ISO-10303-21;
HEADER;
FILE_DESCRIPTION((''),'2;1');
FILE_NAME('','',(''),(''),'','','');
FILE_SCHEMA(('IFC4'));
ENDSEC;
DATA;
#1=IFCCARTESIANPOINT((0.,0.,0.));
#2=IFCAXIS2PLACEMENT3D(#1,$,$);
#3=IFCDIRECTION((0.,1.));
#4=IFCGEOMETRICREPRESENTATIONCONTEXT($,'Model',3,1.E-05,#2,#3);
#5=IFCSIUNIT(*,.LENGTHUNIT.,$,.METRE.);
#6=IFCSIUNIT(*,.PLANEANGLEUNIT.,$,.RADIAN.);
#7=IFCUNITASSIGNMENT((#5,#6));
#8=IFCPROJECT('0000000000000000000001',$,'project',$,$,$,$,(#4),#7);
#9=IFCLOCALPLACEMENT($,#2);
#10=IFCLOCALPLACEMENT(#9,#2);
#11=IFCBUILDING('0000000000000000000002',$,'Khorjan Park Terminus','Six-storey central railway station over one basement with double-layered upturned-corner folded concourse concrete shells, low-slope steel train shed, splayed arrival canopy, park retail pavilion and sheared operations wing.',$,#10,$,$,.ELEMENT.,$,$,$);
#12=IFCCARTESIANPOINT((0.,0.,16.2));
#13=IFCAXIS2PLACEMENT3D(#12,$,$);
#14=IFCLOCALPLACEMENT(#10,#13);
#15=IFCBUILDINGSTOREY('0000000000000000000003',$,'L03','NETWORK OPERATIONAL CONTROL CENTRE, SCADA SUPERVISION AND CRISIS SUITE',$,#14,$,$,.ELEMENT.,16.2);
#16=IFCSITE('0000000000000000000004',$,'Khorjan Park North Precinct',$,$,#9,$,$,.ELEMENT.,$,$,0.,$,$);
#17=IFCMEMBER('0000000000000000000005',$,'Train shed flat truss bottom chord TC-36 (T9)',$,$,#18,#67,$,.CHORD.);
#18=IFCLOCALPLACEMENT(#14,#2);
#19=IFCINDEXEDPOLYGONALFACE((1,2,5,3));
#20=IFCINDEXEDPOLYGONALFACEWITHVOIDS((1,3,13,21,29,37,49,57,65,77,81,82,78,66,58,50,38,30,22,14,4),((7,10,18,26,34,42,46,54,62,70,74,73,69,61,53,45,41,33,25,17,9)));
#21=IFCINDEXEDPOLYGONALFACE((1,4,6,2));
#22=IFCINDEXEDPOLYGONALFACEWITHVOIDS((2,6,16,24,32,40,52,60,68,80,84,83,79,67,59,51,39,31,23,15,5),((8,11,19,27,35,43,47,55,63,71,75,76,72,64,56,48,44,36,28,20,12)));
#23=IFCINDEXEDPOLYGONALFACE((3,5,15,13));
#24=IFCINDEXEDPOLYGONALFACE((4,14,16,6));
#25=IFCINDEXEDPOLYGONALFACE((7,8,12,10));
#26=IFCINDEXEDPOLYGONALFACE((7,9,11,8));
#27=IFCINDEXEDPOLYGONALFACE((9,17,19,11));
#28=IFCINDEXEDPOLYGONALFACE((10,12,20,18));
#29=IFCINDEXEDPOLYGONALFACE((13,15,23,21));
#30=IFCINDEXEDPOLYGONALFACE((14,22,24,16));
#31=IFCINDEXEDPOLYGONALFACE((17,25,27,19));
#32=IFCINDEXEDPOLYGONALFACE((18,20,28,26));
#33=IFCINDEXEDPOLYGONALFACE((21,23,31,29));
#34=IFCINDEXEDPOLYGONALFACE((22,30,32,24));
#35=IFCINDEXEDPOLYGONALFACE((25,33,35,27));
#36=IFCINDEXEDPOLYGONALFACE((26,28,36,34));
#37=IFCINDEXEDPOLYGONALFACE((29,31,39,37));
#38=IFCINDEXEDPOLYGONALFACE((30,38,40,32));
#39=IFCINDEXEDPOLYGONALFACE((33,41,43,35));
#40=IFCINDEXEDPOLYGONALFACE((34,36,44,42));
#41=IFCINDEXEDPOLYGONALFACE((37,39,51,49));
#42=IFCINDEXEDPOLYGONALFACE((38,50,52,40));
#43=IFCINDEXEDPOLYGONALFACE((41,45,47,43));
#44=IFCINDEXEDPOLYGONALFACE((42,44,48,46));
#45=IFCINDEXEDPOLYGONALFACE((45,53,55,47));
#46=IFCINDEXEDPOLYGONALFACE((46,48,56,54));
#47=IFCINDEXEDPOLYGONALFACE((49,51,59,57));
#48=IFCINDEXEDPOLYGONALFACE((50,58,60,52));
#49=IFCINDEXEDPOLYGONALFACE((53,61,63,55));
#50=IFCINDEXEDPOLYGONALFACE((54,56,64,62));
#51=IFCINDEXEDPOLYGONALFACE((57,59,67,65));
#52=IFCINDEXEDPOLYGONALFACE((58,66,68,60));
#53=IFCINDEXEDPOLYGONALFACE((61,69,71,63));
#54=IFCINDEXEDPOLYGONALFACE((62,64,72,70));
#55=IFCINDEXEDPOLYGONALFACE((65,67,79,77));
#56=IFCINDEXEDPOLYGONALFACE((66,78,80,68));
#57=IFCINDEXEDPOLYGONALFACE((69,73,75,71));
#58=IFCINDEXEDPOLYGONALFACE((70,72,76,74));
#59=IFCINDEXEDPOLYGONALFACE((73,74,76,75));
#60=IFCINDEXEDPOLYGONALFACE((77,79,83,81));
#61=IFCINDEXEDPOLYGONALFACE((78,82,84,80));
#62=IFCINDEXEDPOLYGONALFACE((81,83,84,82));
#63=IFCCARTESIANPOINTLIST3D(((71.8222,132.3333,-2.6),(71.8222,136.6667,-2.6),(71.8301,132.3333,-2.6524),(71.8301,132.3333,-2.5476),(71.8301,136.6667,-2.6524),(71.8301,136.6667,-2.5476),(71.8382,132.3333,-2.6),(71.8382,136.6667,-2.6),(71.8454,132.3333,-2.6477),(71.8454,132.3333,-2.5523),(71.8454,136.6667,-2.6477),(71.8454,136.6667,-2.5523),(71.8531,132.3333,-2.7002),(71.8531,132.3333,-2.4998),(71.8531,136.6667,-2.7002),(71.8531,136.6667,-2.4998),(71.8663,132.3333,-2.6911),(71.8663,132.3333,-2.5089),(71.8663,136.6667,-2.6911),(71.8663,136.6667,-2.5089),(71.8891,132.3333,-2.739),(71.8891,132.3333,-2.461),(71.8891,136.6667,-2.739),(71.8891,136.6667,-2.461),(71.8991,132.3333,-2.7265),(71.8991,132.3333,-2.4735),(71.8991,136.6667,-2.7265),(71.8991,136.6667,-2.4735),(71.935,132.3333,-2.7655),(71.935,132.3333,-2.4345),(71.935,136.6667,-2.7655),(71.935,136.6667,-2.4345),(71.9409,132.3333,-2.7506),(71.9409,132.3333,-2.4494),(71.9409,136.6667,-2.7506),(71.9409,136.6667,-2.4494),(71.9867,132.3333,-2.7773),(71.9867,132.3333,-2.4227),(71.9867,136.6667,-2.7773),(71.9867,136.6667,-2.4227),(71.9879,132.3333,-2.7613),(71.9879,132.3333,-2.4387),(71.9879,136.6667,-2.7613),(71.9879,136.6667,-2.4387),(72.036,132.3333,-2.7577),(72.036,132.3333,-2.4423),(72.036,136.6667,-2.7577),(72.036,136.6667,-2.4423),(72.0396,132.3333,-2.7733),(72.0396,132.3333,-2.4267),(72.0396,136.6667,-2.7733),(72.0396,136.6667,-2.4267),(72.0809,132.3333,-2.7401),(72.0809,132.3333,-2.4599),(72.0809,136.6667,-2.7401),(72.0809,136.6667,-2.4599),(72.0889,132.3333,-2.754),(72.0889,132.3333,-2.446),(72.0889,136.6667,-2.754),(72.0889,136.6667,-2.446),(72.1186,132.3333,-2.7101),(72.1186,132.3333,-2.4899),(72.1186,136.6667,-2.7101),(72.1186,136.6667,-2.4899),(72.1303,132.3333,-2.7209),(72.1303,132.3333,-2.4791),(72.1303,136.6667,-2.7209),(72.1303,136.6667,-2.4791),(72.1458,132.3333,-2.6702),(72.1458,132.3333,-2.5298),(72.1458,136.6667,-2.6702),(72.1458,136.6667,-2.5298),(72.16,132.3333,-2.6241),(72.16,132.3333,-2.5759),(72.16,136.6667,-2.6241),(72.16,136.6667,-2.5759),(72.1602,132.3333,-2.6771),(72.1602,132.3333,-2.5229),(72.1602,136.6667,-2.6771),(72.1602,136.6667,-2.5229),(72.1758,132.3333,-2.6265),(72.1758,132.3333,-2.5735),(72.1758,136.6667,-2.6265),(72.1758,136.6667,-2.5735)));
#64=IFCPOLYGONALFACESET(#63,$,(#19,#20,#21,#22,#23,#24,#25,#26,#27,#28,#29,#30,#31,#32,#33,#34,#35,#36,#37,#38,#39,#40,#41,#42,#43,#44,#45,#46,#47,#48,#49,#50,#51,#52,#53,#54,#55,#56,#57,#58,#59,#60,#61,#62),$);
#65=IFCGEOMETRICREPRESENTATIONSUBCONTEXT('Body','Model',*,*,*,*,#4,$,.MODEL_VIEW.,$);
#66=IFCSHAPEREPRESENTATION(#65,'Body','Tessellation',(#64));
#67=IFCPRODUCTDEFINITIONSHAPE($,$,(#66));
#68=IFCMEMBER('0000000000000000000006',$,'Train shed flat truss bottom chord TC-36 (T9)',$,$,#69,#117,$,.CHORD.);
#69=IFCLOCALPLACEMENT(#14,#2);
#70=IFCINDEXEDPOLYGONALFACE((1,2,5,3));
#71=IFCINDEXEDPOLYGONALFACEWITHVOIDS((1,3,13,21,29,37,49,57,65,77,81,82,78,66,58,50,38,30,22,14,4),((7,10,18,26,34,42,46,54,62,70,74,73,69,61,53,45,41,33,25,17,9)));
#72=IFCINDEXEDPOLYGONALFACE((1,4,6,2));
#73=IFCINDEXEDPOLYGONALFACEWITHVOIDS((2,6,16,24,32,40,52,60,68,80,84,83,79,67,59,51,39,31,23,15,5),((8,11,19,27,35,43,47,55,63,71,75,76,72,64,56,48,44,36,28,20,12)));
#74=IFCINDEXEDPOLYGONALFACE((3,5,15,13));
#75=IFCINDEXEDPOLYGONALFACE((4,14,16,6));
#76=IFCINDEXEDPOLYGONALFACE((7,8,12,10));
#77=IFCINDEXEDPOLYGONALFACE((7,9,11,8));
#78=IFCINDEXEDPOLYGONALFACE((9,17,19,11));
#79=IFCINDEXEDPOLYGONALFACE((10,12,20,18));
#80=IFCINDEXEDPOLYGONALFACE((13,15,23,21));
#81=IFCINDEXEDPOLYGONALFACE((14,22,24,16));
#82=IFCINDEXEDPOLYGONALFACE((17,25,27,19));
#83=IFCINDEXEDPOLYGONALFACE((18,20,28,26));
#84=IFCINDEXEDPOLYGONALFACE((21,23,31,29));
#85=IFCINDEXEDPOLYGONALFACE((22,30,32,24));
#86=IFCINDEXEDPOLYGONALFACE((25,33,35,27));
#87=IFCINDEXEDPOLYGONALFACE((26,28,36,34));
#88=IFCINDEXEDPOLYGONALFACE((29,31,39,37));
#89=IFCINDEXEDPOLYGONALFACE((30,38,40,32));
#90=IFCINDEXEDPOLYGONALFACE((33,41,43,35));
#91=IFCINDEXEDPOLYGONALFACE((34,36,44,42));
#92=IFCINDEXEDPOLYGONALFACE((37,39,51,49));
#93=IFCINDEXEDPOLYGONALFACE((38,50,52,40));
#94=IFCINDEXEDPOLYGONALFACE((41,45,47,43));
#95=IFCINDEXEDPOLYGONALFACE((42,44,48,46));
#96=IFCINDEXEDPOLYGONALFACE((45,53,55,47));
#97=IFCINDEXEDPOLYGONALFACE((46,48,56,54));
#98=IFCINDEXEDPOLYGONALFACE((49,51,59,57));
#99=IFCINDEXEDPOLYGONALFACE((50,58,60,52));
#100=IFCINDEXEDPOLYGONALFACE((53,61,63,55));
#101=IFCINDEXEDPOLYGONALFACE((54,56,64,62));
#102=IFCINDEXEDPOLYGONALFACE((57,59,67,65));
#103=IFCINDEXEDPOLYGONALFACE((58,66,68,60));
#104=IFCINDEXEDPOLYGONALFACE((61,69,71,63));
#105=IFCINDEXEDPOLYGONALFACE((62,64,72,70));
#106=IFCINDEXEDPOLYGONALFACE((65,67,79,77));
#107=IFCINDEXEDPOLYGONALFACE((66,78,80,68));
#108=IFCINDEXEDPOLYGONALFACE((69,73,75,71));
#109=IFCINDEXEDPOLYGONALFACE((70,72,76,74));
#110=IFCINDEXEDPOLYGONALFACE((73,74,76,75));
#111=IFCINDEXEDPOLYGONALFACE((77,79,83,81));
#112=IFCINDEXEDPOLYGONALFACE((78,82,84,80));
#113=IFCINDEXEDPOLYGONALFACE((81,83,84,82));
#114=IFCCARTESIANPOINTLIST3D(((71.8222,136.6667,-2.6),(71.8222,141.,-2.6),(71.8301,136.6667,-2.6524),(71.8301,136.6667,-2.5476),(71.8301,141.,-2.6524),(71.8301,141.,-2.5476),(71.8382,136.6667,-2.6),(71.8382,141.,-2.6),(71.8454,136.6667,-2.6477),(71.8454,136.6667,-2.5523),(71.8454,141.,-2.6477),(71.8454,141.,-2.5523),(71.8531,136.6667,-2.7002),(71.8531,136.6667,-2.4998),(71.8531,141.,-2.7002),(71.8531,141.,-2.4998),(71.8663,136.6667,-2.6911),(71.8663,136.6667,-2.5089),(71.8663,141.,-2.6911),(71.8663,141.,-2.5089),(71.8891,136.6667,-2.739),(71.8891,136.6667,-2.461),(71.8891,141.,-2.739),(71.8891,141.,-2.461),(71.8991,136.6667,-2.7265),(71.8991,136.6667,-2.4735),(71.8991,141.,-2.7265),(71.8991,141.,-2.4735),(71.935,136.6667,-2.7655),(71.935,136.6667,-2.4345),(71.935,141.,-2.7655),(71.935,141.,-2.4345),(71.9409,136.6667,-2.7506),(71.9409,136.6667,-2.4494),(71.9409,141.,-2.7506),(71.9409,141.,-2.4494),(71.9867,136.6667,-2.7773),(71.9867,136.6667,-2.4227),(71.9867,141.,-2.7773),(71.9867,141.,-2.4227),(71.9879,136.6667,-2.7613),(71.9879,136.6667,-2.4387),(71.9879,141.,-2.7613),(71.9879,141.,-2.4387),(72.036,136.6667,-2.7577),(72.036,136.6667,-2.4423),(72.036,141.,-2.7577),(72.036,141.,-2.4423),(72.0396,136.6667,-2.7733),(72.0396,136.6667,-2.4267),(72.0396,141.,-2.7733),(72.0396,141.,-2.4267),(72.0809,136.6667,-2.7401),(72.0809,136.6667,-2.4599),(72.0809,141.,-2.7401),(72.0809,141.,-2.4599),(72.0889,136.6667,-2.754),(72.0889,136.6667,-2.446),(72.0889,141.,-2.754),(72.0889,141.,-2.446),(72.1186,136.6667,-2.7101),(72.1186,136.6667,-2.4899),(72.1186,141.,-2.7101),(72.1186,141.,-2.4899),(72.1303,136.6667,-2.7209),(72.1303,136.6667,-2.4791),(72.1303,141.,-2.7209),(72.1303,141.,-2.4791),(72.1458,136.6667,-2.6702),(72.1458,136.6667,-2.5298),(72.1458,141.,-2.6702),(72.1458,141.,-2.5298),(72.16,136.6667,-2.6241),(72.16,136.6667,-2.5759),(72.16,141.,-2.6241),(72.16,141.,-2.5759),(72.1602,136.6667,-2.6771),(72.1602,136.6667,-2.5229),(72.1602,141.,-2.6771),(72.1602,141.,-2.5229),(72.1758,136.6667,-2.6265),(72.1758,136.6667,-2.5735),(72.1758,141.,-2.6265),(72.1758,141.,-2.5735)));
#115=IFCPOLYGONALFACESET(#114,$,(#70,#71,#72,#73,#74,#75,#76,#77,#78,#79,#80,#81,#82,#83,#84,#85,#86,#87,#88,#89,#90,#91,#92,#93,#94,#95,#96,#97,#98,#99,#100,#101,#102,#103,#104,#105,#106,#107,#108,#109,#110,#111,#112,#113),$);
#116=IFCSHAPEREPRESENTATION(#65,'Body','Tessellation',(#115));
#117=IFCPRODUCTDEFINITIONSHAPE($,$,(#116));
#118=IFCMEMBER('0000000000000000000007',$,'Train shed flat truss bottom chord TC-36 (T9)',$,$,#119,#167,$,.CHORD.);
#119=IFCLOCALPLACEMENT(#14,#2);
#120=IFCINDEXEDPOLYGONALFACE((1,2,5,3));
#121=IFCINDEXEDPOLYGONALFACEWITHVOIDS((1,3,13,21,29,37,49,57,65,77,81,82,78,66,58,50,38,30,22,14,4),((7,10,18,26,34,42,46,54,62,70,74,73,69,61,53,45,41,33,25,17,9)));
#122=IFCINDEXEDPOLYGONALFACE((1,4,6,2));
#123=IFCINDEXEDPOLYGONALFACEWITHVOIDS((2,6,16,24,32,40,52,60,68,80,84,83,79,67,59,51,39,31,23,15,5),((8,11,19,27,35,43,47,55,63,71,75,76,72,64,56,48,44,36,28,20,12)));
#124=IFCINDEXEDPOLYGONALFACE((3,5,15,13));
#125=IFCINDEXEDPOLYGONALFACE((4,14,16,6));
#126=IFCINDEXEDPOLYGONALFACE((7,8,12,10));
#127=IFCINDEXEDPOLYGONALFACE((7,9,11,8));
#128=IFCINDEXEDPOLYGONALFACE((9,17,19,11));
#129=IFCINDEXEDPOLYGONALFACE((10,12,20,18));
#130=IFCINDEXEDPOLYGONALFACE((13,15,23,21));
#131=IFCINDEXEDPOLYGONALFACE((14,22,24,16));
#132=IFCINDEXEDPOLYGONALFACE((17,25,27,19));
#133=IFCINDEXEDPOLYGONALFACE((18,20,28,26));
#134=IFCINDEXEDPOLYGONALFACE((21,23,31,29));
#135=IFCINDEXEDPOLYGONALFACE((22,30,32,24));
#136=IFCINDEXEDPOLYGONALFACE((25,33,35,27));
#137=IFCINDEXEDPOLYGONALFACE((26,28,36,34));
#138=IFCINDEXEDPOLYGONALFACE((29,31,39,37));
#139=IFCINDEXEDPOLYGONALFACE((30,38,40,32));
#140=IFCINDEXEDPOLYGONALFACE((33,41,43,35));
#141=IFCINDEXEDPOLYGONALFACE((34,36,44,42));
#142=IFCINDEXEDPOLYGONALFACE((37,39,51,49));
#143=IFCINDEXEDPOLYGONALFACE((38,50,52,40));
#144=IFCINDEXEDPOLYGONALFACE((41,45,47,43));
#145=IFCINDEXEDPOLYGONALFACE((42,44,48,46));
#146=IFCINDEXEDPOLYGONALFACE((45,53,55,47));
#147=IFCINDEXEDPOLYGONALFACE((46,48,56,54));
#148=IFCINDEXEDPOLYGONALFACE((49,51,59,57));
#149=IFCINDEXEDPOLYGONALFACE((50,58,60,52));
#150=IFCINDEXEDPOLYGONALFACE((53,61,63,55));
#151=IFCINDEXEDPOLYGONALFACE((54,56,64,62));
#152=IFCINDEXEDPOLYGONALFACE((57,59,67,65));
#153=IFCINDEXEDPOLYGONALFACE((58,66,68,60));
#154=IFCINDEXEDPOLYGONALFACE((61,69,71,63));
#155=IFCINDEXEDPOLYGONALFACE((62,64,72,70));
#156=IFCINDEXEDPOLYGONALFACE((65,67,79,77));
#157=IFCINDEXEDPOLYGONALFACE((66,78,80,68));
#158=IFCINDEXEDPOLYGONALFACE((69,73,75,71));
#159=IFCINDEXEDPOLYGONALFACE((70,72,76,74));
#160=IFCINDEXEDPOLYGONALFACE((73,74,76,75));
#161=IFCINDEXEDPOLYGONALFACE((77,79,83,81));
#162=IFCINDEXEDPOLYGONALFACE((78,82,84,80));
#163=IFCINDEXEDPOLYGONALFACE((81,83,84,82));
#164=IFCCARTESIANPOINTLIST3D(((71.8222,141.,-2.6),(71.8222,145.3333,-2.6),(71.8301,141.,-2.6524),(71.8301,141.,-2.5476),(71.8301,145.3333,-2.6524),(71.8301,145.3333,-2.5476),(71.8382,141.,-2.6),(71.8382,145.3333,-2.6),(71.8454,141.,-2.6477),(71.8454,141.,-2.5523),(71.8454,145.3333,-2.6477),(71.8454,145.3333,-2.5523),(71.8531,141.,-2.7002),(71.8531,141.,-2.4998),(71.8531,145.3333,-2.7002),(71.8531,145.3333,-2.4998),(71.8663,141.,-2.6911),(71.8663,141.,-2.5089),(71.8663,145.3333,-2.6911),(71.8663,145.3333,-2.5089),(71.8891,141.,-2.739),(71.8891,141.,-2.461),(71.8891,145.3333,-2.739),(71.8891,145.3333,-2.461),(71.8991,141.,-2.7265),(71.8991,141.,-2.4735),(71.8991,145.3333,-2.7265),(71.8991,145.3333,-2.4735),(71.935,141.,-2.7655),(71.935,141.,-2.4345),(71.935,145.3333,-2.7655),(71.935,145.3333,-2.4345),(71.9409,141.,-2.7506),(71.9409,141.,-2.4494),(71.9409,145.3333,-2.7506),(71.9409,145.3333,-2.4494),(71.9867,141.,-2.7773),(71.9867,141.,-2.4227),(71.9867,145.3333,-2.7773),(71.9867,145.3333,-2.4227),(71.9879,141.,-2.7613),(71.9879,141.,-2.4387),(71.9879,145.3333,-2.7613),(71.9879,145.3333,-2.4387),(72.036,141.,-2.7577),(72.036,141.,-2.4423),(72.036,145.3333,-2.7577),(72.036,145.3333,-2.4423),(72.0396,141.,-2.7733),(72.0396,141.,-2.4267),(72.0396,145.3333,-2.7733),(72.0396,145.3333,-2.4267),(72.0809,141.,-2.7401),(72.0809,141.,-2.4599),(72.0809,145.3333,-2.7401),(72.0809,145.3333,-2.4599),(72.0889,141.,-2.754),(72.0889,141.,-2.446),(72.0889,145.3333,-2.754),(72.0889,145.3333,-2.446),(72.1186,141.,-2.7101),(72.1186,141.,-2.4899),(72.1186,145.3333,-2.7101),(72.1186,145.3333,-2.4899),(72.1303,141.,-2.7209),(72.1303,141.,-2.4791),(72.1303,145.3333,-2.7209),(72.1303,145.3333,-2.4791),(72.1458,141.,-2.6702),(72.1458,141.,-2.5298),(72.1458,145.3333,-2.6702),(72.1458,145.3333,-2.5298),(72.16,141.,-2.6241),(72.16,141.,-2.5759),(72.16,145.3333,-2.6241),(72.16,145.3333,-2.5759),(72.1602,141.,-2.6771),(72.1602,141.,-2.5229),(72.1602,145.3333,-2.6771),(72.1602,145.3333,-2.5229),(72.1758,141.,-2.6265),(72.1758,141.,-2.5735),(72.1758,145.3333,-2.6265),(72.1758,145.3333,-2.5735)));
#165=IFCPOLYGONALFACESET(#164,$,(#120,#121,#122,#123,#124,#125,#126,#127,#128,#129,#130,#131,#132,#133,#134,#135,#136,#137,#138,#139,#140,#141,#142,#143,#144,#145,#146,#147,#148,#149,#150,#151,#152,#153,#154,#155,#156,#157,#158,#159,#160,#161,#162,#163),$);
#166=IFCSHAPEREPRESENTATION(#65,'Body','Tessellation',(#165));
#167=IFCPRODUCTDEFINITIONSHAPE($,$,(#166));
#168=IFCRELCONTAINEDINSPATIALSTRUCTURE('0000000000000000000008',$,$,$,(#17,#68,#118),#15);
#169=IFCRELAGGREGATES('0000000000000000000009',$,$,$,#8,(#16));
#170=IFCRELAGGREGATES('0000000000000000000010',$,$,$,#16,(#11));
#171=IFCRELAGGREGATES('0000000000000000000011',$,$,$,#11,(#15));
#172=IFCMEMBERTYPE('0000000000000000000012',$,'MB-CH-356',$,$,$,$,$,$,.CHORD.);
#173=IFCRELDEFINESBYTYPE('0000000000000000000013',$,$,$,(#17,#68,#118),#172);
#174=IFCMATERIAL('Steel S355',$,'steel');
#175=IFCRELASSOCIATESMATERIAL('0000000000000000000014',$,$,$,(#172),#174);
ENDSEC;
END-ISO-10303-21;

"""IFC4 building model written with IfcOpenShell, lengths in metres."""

from ifc_helpers import new_model, si_unit, direction, frame, origin, origin_2d, place, context, subcontext, project, spatial, hollow_circle, extrude, material, material_profile, profile_set, type_object, element, save


model = new_model("IFC4")

# Units and contexts
model_context = context("Model", 3, precision=1e-05, world=origin(), true_north=direction((0.0, 1.0)))
body_context = subcontext(model_context, "Body", "Model", "MODEL_VIEW")
ifc_project = project(units=[si_unit("LENGTHUNIT", "METRE"), si_unit("PLANEANGLEUNIT", "RADIAN")], contexts=[model_context])

# Site, building, storey
site_placement = place(None, origin())
site = spatial("IfcSite", under=ifc_project, at=site_placement, Name="Khorjan Park North Precinct", CompositionType="ELEMENT", RefElevation=0.0)
building_placement = place(site_placement, origin())
building = spatial("IfcBuilding", under=site, at=building_placement, Name="Khorjan Park Terminus", Description="Six-storey central railway station over one basement with double-layered upturned-corner folded concourse concrete shells, low-slope steel train shed, splayed arrival canopy, park retail pavilion and sheared operations wing.", CompositionType="ELEMENT")
storey_placement = place(building_placement, frame((0.0, 0.0, 16.2)))
storey = spatial("IfcBuildingStorey", under=building, at=storey_placement, Name="L03", Description="NETWORK OPERATIONAL CONTROL CENTRE, SCADA SUPERVISION AND CRISIS SUITE", CompositionType="ELEMENT", Elevation=16.2)

# Members
ifc_material = material(Name="Steel S355", Category="steel")
ifc_material_profile_1 = material_profile(ifc_material, hollow_circle(Radius=0.1778, WallThickness=0.016, at=origin_2d()), Name="CHS 355.6x16")
ifc_profile_set_1 = profile_set([ifc_material_profile_1], Name="Steel S355")
member_type_1 = type_object("IfcMemberType", Name="MB-CH-356", PredefinedType="CHORD", material=ifc_profile_set_1)
member_1_placement = place(storey_placement, frame((72.0, 132.3333, -2.6), z_axis=(0.0, 1.0, 0.0), x_axis=(-1.0, 0.0, 0.0)))
element("IfcMember", 1, at=member_1_placement, inside=storey, type_object=member_type_1, Name="Train shed flat truss bottom chord TC-36 (T9)", PredefinedType="CHORD", context=body_context, shape_type="SweptSolid", body=[
    extrude(hollow_circle(Radius=0.1778, WallThickness=0.016, at=origin_2d()), origin(), (0.0, 0.0, 1.0), 4.3334),
])
for number, where, z_axis, x_axis, name in (
    (2, (72.0, 136.6667, -2.6), (0.0, 1.0, 0.0), (-1.0, 0.0, 0.0), "Train shed flat truss bottom chord TC-36 (T9)"),
    (3, (72.0, 141.0, -2.6), (0.0, 1.0, 0.0), (-1.0, 0.0, 0.0), "Train shed flat truss bottom chord TC-36 (T9)"),
):
    element("IfcMember", number, at=place(storey_placement, frame(where, z_axis=z_axis, x_axis=x_axis)), inside=storey, type_object=member_type_1, Name=name, PredefinedType="CHORD", context=body_context, shape_type="SweptSolid", body=[
        extrude(hollow_circle(Radius=0.1778, WallThickness=0.016, at=origin_2d()), origin(), (0.0, 0.0, 1.0), 4.3333),
    ])

save(model, "model.ifc")
